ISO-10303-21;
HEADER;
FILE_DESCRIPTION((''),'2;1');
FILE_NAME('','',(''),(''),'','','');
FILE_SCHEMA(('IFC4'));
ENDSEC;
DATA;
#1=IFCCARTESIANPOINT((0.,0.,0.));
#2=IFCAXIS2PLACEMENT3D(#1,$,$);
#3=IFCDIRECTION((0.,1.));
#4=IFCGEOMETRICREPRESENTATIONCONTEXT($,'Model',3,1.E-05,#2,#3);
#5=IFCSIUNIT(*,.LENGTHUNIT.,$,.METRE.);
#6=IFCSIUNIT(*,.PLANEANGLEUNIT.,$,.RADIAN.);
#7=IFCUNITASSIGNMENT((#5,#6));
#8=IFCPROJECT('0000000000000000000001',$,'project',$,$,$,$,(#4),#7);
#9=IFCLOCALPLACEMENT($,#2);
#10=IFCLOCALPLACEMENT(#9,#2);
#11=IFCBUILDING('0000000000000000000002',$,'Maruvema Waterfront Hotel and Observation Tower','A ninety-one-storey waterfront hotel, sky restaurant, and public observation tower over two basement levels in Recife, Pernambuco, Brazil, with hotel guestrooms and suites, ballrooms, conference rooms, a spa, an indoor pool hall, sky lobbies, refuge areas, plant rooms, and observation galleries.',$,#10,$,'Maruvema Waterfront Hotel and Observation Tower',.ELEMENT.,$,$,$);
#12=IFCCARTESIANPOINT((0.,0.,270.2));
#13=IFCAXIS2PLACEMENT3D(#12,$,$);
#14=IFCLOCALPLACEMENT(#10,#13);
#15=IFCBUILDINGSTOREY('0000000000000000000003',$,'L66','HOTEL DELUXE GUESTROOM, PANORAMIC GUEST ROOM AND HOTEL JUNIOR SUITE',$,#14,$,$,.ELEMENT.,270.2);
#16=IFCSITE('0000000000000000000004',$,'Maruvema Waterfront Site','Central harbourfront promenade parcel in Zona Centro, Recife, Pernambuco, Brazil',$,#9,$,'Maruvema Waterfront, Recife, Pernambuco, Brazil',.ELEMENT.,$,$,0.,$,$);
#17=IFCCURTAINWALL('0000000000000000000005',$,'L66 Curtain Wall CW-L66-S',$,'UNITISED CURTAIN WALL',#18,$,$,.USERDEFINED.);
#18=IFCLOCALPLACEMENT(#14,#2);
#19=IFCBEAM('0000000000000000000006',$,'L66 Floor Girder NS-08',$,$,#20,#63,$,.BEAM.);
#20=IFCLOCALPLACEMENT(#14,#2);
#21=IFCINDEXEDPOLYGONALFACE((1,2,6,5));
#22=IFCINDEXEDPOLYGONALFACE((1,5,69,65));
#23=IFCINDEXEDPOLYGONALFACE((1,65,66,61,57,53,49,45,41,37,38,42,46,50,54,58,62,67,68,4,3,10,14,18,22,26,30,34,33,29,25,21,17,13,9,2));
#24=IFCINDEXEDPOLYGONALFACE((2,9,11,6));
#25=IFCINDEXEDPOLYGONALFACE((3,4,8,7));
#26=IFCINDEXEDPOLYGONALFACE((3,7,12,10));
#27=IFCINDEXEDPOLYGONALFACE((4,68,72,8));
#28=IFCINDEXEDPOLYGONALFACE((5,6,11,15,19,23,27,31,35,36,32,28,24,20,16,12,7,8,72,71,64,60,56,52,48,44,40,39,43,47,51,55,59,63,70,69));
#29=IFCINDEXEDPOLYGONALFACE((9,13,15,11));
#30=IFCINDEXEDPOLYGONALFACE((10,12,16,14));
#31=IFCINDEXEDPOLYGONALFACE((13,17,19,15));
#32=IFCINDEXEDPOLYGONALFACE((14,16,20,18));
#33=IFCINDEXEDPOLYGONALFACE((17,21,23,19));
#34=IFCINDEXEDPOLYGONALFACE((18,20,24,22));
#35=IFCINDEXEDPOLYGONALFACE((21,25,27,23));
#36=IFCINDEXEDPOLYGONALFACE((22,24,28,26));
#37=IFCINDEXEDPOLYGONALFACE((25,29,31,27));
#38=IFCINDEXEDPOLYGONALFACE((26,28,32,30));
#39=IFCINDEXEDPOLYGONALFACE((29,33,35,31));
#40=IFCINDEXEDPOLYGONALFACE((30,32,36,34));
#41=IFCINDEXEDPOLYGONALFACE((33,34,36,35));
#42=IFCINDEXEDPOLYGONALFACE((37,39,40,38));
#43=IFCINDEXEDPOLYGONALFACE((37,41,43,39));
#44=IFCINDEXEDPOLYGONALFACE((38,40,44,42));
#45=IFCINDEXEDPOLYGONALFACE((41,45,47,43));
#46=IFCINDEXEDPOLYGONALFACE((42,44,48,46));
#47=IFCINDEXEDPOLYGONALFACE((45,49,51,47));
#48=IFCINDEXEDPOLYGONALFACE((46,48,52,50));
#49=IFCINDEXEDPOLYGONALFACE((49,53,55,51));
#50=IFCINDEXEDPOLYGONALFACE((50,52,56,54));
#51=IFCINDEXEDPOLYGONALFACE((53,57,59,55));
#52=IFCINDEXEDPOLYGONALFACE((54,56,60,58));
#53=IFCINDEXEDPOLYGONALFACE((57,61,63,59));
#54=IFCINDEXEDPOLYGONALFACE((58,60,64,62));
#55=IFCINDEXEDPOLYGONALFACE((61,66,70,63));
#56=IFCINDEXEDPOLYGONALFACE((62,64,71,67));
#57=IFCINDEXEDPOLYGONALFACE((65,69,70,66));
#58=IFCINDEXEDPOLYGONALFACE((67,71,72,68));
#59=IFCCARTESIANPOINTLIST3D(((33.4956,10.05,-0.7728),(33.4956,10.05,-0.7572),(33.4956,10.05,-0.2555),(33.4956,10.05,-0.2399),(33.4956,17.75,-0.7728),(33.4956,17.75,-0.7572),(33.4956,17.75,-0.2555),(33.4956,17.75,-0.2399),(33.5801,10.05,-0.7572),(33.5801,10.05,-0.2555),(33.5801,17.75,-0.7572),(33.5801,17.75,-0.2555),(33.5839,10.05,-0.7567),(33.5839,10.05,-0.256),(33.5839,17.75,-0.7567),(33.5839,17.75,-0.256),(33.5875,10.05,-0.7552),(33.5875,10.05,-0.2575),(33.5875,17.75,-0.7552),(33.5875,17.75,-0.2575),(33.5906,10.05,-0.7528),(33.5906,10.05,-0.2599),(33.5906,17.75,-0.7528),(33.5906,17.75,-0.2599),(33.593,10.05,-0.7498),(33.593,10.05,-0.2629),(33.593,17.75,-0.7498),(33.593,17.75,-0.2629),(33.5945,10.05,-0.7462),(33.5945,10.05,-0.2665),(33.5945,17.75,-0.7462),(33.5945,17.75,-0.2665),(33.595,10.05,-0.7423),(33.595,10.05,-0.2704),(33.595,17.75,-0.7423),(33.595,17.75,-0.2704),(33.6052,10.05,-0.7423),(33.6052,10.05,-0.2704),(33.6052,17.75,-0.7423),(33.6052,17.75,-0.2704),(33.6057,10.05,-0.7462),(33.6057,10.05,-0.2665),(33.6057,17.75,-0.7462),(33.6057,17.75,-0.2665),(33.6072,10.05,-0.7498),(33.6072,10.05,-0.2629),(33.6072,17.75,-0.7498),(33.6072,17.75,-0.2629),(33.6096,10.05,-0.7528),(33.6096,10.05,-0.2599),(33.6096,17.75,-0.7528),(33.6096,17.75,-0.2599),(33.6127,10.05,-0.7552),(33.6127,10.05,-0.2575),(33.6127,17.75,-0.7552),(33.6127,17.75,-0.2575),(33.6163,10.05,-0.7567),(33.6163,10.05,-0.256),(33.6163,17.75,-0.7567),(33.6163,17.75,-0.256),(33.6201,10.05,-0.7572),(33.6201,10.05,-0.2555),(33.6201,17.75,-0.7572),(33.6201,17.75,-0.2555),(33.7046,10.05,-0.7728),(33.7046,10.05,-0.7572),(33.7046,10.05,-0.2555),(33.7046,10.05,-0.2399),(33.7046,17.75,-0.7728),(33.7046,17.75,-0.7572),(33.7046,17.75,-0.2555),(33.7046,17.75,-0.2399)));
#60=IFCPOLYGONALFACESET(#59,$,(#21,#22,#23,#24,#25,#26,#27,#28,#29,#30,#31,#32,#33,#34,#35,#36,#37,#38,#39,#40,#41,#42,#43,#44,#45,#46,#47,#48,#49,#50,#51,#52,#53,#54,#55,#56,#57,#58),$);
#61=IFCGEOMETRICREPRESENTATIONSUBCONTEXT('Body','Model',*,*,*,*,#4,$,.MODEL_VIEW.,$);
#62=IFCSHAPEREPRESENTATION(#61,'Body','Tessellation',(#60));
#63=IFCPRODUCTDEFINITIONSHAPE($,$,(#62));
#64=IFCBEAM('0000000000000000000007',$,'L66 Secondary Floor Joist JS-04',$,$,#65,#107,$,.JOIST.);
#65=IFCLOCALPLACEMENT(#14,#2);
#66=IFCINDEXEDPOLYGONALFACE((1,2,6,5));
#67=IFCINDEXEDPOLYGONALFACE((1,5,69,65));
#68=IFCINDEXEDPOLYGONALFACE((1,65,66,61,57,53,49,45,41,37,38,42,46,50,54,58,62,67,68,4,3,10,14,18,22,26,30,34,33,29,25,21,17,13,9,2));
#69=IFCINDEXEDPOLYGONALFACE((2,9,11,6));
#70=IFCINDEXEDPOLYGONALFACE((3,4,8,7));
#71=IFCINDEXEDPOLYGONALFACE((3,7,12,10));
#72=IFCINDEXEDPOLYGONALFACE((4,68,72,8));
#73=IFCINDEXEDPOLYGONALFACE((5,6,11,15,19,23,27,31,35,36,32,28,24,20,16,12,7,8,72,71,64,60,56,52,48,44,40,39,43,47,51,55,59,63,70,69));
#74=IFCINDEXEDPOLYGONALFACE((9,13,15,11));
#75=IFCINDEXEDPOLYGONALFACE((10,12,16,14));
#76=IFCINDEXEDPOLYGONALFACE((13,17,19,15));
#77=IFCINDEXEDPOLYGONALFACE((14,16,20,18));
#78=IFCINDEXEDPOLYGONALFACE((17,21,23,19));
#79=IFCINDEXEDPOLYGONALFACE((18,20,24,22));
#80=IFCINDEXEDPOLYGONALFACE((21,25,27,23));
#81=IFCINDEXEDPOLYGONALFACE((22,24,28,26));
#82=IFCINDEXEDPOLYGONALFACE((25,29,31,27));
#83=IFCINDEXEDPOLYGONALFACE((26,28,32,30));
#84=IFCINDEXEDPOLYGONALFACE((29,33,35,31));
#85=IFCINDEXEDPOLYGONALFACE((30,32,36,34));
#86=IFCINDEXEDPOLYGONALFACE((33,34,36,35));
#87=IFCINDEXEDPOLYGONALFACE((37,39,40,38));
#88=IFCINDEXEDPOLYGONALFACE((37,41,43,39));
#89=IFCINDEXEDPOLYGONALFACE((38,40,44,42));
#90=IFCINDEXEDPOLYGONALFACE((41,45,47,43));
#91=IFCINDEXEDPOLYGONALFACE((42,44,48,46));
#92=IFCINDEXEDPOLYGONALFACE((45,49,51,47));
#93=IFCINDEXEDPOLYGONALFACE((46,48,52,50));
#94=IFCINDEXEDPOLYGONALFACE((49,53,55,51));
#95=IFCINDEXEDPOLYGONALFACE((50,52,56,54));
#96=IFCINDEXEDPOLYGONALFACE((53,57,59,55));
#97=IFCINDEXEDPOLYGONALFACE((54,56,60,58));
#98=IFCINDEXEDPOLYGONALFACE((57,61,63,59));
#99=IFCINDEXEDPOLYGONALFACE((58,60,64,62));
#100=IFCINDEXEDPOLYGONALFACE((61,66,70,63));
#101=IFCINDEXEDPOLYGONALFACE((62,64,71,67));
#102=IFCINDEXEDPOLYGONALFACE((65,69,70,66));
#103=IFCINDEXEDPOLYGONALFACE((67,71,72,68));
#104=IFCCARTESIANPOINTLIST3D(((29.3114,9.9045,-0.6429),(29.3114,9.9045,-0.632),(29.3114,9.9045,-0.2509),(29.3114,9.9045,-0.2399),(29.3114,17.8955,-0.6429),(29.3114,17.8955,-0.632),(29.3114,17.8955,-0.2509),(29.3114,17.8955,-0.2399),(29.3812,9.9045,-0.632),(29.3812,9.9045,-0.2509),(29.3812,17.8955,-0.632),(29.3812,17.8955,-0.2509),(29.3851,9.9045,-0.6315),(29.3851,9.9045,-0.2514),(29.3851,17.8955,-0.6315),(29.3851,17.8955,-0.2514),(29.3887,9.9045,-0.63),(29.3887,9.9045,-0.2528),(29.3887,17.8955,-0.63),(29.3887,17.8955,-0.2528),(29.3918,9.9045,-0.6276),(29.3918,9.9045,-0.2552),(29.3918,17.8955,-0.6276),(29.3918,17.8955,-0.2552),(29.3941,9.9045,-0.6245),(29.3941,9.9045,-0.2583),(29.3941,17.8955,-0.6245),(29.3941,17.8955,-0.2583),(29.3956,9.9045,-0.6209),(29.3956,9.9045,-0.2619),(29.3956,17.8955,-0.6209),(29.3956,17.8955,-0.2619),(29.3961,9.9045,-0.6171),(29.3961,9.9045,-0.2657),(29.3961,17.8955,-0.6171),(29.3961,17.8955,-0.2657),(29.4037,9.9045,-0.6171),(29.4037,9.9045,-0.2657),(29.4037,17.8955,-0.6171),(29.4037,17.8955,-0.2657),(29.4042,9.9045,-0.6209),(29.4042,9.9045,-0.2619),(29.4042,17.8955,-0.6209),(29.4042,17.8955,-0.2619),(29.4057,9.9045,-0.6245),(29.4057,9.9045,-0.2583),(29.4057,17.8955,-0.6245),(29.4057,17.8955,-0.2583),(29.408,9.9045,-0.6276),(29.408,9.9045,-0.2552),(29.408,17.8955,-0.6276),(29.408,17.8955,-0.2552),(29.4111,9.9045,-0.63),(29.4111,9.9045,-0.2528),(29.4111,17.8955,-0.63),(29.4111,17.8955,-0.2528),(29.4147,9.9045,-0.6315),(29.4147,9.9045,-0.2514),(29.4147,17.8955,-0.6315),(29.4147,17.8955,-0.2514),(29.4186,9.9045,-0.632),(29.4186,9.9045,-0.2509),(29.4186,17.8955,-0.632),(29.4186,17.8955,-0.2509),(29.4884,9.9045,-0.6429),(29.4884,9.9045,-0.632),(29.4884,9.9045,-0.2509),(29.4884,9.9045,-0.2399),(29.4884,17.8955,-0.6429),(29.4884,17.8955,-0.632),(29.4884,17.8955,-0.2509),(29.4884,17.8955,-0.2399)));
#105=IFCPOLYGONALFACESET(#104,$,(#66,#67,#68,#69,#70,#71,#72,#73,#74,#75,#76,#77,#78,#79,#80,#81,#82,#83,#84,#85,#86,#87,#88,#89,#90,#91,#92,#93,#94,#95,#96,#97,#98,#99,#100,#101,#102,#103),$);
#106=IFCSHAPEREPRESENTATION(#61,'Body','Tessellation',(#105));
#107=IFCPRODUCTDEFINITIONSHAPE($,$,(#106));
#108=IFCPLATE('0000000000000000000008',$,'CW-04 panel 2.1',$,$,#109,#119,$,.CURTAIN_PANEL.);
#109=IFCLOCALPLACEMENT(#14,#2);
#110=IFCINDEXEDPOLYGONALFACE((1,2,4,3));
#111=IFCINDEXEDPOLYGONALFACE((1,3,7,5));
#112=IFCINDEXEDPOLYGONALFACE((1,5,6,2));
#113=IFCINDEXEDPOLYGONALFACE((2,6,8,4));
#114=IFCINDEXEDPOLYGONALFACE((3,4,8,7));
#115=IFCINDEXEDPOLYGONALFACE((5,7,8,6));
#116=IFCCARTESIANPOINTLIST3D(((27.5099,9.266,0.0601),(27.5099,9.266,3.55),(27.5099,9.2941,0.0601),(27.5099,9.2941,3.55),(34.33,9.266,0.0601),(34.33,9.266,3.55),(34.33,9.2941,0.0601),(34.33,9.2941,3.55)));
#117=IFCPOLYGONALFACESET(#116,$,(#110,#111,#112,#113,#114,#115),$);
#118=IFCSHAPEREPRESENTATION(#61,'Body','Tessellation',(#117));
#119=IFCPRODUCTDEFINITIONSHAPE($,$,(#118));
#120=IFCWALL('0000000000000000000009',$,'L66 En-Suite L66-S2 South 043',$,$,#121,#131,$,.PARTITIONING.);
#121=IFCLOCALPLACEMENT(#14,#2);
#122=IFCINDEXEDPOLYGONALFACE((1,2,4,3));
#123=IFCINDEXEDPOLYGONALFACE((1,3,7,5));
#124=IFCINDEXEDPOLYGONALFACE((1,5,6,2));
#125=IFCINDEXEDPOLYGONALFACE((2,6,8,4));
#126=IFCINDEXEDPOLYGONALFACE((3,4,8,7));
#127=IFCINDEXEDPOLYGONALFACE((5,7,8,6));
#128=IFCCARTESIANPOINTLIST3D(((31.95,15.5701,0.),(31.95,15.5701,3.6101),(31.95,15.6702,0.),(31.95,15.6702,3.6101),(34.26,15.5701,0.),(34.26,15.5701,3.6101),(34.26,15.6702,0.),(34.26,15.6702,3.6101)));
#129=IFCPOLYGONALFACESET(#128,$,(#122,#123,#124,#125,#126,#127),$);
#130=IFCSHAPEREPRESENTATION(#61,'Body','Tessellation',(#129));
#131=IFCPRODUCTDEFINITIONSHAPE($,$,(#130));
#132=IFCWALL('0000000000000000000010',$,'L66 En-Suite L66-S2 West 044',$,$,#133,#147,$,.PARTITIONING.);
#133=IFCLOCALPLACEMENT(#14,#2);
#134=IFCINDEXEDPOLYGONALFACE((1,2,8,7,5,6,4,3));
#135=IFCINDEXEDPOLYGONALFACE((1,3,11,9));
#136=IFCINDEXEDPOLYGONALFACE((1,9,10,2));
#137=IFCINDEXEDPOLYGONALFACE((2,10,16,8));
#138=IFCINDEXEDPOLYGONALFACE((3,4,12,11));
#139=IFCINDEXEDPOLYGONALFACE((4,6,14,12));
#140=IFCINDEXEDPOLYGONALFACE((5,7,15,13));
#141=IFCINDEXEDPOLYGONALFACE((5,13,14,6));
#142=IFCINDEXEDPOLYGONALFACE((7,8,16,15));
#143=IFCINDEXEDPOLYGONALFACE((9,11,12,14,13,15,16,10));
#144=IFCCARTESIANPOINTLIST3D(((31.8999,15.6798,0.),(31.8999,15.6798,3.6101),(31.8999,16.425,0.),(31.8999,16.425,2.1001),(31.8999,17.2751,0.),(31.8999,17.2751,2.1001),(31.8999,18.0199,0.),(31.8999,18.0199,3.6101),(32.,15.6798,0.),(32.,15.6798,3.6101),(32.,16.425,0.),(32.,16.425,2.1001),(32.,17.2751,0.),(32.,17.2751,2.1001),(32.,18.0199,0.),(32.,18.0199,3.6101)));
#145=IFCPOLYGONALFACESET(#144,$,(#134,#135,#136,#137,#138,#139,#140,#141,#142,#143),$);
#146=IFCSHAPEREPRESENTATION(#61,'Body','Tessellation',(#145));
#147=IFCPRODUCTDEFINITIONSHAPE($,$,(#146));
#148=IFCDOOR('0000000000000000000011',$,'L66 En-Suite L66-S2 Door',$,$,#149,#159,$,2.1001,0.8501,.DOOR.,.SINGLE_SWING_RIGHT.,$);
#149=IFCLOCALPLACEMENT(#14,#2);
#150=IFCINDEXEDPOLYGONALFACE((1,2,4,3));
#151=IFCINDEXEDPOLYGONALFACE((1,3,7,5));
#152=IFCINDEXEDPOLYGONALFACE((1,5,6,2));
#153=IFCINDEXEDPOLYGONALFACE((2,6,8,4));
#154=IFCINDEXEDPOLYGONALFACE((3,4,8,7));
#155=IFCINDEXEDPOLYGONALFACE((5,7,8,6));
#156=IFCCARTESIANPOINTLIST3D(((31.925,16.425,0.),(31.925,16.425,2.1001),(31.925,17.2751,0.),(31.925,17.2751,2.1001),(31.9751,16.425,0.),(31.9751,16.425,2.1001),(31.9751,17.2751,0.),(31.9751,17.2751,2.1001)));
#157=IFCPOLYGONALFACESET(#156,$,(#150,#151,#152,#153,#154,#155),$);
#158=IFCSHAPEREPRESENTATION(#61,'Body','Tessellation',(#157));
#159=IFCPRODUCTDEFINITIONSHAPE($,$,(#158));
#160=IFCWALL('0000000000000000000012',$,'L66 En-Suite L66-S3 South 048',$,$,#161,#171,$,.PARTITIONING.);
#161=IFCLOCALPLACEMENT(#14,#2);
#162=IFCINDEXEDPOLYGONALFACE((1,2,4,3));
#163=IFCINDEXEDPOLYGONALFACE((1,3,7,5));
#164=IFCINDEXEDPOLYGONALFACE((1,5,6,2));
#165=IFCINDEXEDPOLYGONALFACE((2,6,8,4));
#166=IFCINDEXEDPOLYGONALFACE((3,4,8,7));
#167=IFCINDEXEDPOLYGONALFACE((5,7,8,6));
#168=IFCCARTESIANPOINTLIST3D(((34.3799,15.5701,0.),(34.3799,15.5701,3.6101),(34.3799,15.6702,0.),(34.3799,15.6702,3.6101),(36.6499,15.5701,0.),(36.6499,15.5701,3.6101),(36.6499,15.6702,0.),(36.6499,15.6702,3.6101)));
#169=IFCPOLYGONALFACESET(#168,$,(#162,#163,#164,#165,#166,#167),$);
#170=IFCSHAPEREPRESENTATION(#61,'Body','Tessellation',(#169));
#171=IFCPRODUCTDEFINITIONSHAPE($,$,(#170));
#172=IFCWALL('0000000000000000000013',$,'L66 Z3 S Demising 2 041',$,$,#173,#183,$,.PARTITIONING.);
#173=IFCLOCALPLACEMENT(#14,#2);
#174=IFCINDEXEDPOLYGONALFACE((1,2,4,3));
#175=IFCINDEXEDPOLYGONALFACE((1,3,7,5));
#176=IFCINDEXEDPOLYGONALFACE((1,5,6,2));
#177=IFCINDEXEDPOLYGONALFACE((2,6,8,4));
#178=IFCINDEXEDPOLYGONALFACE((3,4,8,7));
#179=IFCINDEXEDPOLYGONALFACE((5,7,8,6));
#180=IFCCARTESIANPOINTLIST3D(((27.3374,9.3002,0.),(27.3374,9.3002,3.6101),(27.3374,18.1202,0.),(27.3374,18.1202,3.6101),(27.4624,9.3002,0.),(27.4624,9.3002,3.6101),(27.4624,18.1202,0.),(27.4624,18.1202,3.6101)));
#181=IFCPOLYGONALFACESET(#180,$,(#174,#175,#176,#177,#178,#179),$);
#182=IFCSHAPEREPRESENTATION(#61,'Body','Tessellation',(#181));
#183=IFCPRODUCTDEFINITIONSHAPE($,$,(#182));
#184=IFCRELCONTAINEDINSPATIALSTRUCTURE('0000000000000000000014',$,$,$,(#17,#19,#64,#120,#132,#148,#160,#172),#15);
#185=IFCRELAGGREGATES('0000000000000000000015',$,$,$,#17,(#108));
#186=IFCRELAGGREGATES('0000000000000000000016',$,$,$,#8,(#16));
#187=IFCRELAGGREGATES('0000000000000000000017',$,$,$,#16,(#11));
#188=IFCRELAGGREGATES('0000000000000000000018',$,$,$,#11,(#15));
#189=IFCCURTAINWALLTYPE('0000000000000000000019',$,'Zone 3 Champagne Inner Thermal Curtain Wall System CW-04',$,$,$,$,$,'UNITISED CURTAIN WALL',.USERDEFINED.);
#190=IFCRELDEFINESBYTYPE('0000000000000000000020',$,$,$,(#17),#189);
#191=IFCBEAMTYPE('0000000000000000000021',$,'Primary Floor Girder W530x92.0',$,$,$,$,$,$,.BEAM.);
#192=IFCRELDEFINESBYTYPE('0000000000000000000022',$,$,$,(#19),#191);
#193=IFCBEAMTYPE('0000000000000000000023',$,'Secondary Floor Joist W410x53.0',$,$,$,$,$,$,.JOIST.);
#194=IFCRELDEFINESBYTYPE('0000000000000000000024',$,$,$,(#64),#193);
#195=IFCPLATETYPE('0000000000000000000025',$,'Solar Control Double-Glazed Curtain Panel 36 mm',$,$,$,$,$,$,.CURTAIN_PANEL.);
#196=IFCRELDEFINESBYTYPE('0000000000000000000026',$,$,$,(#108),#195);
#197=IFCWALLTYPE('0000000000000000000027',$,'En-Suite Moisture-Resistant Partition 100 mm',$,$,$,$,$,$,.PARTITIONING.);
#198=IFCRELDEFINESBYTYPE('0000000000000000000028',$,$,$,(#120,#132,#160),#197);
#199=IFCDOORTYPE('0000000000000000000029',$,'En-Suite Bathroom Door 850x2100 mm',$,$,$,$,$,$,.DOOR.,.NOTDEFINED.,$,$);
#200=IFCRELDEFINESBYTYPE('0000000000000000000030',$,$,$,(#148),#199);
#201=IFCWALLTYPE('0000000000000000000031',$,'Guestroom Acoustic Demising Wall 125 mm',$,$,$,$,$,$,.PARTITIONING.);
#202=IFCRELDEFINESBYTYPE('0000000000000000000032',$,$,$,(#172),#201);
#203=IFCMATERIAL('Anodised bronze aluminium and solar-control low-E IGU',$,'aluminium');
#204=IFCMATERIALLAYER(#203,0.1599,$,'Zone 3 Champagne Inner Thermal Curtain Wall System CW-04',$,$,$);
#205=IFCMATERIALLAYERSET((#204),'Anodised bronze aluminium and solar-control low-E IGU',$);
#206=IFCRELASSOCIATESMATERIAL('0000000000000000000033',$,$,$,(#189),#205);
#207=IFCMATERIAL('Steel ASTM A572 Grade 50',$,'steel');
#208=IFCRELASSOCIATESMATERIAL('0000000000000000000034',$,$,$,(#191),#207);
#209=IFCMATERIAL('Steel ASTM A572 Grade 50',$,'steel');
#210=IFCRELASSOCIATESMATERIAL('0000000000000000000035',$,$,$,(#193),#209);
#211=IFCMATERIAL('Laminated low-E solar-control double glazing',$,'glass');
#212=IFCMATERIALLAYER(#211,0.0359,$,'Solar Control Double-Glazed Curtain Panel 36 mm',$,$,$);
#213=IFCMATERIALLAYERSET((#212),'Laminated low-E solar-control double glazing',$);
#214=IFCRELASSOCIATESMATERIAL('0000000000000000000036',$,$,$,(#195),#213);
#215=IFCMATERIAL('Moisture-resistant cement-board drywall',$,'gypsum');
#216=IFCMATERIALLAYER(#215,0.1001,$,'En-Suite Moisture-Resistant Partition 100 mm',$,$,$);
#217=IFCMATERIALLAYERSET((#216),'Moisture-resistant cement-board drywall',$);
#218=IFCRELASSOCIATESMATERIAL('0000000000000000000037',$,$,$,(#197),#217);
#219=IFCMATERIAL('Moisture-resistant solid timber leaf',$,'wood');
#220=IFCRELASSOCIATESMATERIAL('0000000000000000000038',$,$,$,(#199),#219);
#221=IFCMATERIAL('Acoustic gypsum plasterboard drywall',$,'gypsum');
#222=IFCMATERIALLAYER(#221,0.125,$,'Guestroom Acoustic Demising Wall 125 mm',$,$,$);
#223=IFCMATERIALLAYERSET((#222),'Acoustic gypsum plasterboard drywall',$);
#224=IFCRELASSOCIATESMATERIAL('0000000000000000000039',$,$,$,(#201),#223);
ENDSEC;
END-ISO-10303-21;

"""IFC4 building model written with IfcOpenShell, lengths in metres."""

from ifc_helpers import new_model, si_unit, direction, frame, frame_2d, origin, origin_2d, place, context, subcontext, project, spatial, rectangle, i_section, extrude, material, layer, layer_set, material_profile, profile_set, type_object, element, fill, aggregate, save


model = new_model("IFC4")

# Units and contexts
model_context = context("Model", 3, precision=1e-05, world=origin(), true_north=direction((0.0, 1.0)))
body_context = subcontext(model_context, "Body", "Model", "MODEL_VIEW")
ifc_project = project(units=[si_unit("LENGTHUNIT", "METRE"), si_unit("PLANEANGLEUNIT", "RADIAN")], contexts=[model_context])

# Site, building, storey
site_placement = place(None, origin())
site = spatial("IfcSite", under=ifc_project, at=site_placement, Name="Maruvema Waterfront Site", Description="Central harbourfront promenade parcel in Zona Centro, Recife, Pernambuco, Brazil", LongName="Maruvema Waterfront, Recife, Pernambuco, Brazil", CompositionType="ELEMENT", RefElevation=0.0)
building_placement = place(site_placement, origin())
building = spatial("IfcBuilding", under=site, at=building_placement, Name="Maruvema Waterfront Hotel and Observation Tower", Description="A ninety-one-storey waterfront hotel, sky restaurant, and public observation tower over two basement levels in Recife, Pernambuco, Brazil, with hotel guestrooms and suites, ballrooms, conference rooms, a spa, an indoor pool hall, sky lobbies, refuge areas, plant rooms, and observation galleries.", LongName="Maruvema Waterfront Hotel and Observation Tower", CompositionType="ELEMENT")
storey_placement = place(building_placement, frame((0.0, 0.0, 270.2)))
storey = spatial("IfcBuildingStorey", under=building, at=storey_placement, Name="L66", Description="HOTEL DELUXE GUESTROOM, PANORAMIC GUEST ROOM AND HOTEL JUNIOR SUITE", CompositionType="ELEMENT", Elevation=270.2)

# Curtain wall
ifc_material_1 = material(Name="Anodised bronze aluminium and solar-control low-E IGU", Category="aluminium")
ifc_layer_1 = layer(ifc_material_1, 0.1599, Name="Zone 3 Champagne Inner Thermal Curtain Wall System CW-04")
ifc_layer_set_1 = layer_set([ifc_layer_1], Name="Anodised bronze aluminium and solar-control low-E IGU")
curtain_wall_type = type_object("IfcCurtainWallType", Name="Zone 3 Champagne Inner Thermal Curtain Wall System CW-04", ElementType="UNITISED CURTAIN WALL", PredefinedType="USERDEFINED", material=ifc_layer_set_1)
curtain_wall_placement = place(storey_placement, origin())
curtain_wall = element("IfcCurtainWall", 1, at=curtain_wall_placement, inside=storey, type_object=curtain_wall_type, Name="L66 Curtain Wall CW-L66-S", ObjectType="UNITISED CURTAIN WALL", PredefinedType="USERDEFINED")

# Beams
ifc_material_2 = material(Name="Steel ASTM A572 Grade 50", Category="steel")
ifc_material_profile_1 = material_profile(ifc_material_2, i_section(OverallWidth=0.209, OverallDepth=0.533, WebThickness=0.0103, FlangeThickness=0.0156, FilletRadius=0.0149, at=origin_2d()), Name="W530x92.0")
ifc_profile_set_1 = profile_set([ifc_material_profile_1], Name="Steel ASTM A572 Grade 50")
beam_type_1 = type_object("IfcBeamType", Name="Primary Floor Girder W530x92.0", PredefinedType="BEAM", material=ifc_profile_set_1)
beam_1_placement = place(storey_placement, frame((33.6001, 10.05, -0.5063), z_axis=(0.0, 1.0, 0.0), x_axis=(-1.0, 0.0, 0.0)))
element("IfcBeam", 2, at=beam_1_placement, inside=storey, type_object=beam_type_1, Name="L66 Floor Girder NS-08", PredefinedType="BEAM", context=body_context, shape_type="SweptSolid", body=[
    extrude(i_section(OverallWidth=0.209, OverallDepth=0.533, WebThickness=0.0103, FlangeThickness=0.0156, FilletRadius=0.0149, at=origin_2d()), origin(), (0.0, 0.0, 1.0), 7.7),
])
ifc_material_3 = material(Name="Steel ASTM A572 Grade 50", Category="steel")
ifc_material_profile_2 = material_profile(ifc_material_3, i_section(OverallWidth=0.177, OverallDepth=0.4031, WebThickness=0.0076, FlangeThickness=0.011, FilletRadius=0.0149, at=origin_2d()), Name="W410x53.0")
ifc_profile_set_2 = profile_set([ifc_material_profile_2], Name="Steel ASTM A572 Grade 50")
beam_type_2 = type_object("IfcBeamType", Name="Secondary Floor Joist W410x53.0", PredefinedType="JOIST", material=ifc_profile_set_2)
beam_2_placement = place(storey_placement, frame((29.3999, 9.9045, -0.4414), z_axis=(0.0, 1.0, 0.0), x_axis=(-1.0, 0.0, 0.0)))
element("IfcBeam", 3, at=beam_2_placement, inside=storey, type_object=beam_type_2, Name="L66 Secondary Floor Joist JS-04", PredefinedType="JOIST", context=body_context, shape_type="SweptSolid", body=[
    extrude(i_section(OverallWidth=0.177, OverallDepth=0.4031, WebThickness=0.0076, FlangeThickness=0.011, FilletRadius=0.0149, at=origin_2d()), origin(), (0.0, 0.0, 1.0), 7.991),
])

# Plate
ifc_material_4 = material(Name="Laminated low-E solar-control double glazing", Category="glass")
ifc_layer_2 = layer(ifc_material_4, 0.0359, Name="Solar Control Double-Glazed Curtain Panel 36 mm")
ifc_layer_set_2 = layer_set([ifc_layer_2], Name="Laminated low-E solar-control double glazing")
plate_type = type_object("IfcPlateType", Name="Solar Control Double-Glazed Curtain Panel 36 mm", PredefinedType="CURTAIN_PANEL", material=ifc_layer_set_2)
plate_placement = place(storey_placement, frame((30.9199, 9.28, 0.0601), z_axis=(0.0, 0.0, 1.0), x_axis=(1.0, 0.0, 0.0)))
plate = element("IfcPlate", 4, at=plate_placement, type_object=plate_type, Name="CW-04 panel 2.1", PredefinedType="CURTAIN_PANEL", context=body_context, shape_type="SweptSolid", body=[
    extrude(rectangle(XDim=6.8201, YDim=0.0281, at=origin_2d()), origin(), (0.0, 0.0, 1.0), 3.49),
])
aggregate(curtain_wall, [plate])

# Wall
ifc_material_5 = material(Name="Moisture-resistant cement-board drywall", Category="gypsum")
ifc_layer_3 = layer(ifc_material_5, 0.1001, Name="En-Suite Moisture-Resistant Partition 100 mm")
ifc_layer_set_3 = layer_set([ifc_layer_3], Name="Moisture-resistant cement-board drywall")
wall_type_1 = type_object("IfcWallType", Name="En-Suite Moisture-Resistant Partition 100 mm", PredefinedType="PARTITIONING", material=ifc_layer_set_3)
wall_1_placement = place(storey_placement, frame((31.95, 15.6201, 0.0), z_axis=(0.0, 0.0, 1.0), x_axis=(1.0, 0.0, 0.0)))
element("IfcWall", 5, at=wall_1_placement, inside=storey, type_object=wall_type_1, Name="L66 En-Suite L66-S2 South 043", PredefinedType="PARTITIONING", context=body_context, shape_type="SweptSolid", body=[
    extrude(rectangle(XDim=2.3101, YDim=0.1001, at=frame_2d((1.155, 0.0))), origin(), (0.0, 0.0, 1.0), 3.6101),
])

# Wall, opening, door
wall_2_placement = place(storey_placement, frame((31.95, 15.6799, 0.0), z_axis=(0.0, 0.0, 1.0), x_axis=(0.0, 1.0, 0.0)))
wall_2 = element("IfcWall", 6, at=wall_2_placement, inside=storey, type_object=wall_type_1, Name="L66 En-Suite L66-S2 West 044", PredefinedType="PARTITIONING", context=body_context, shape_type="SweptSolid", body=[
    extrude(rectangle(XDim=2.3401, YDim=0.1001, at=frame_2d((1.1699, 0.0))), origin(), (0.0, 0.0, 1.0), 3.6101),
])
opening_placement = place(wall_2_placement, frame((0.7451, 0.0, 0.0)))
opening = element("IfcOpeningElement", 7, at=opening_placement, cuts=wall_2, PredefinedType="OPENING", context=body_context, shape_type="SweptSolid", body=[
    extrude(rectangle(XDim=0.8501, YDim=2.1001, at=frame_2d((0.425, 1.05))), frame((0.0, 0.0601, 0.0), z_axis=(0.0, -1.0, 0.0), x_axis=(1.0, 0.0, 0.0)), (0.0, 0.0, 1.0), 0.1201),
])
ifc_material_6 = material(Name="Moisture-resistant solid timber leaf", Category="wood")
door_type = type_object("IfcDoorType", Name="En-Suite Bathroom Door 850x2100 mm", OperationType="NOTDEFINED", PredefinedType="DOOR", material=ifc_material_6)
door_placement = place(opening_placement, origin())
door = element("IfcDoor", 8, at=door_placement, inside=storey, type_object=door_type, Name="L66 En-Suite L66-S2 Door", OperationType="SINGLE_SWING_RIGHT", OverallHeight=2.1001, OverallWidth=0.8501, PredefinedType="DOOR", context=body_context, shape_type="SweptSolid", body=[
    extrude(rectangle(XDim=0.8501, YDim=2.1001, at=frame_2d((0.425, 1.05))), frame((0.0, 0.0249, 0.0), z_axis=(0.0, -1.0, 0.0), x_axis=(1.0, 0.0, 0.0)), (0.0, 0.0, 1.0), 0.05),
])
fill(opening, door)

# Walls
wall_3_placement = place(storey_placement, frame((34.3799, 15.6201, 0.0), z_axis=(0.0, 0.0, 1.0), x_axis=(1.0, 0.0, 0.0)))
element("IfcWall", 9, at=wall_3_placement, inside=storey, type_object=wall_type_1, Name="L66 En-Suite L66-S3 South 048", PredefinedType="PARTITIONING", context=body_context, shape_type="SweptSolid", body=[
    extrude(rectangle(XDim=2.27, YDim=0.1001, at=frame_2d((1.135, 0.0))), origin(), (0.0, 0.0, 1.0), 3.6101),
])
ifc_material_7 = material(Name="Acoustic gypsum plasterboard drywall", Category="gypsum")
ifc_layer_4 = layer(ifc_material_7, 0.125, Name="Guestroom Acoustic Demising Wall 125 mm")
ifc_layer_set_4 = layer_set([ifc_layer_4], Name="Acoustic gypsum plasterboard drywall")
wall_type_2 = type_object("IfcWallType", Name="Guestroom Acoustic Demising Wall 125 mm", PredefinedType="PARTITIONING", material=ifc_layer_set_4)
for number, where, z_axis, x_axis, name in (
    (10, (27.3999, 9.3, 0.0), (0.0, 0.0, 1.0), (0.0, 1.0, 0.0), "L66 Z3 S Demising 2 041"),
):
    element("IfcWall", number, at=place(storey_placement, frame(where, z_axis=z_axis, x_axis=x_axis)), inside=storey, type_object=wall_type_2, Name=name, PredefinedType="PARTITIONING", context=body_context, shape_type="SweptSolid", body=[
        extrude(rectangle(XDim=8.8201, YDim=0.125, at=frame_2d((4.4102, 0.0))), origin(), (0.0, 0.0, 1.0), 3.6101),
    ])

save(model, "model.ifc")
